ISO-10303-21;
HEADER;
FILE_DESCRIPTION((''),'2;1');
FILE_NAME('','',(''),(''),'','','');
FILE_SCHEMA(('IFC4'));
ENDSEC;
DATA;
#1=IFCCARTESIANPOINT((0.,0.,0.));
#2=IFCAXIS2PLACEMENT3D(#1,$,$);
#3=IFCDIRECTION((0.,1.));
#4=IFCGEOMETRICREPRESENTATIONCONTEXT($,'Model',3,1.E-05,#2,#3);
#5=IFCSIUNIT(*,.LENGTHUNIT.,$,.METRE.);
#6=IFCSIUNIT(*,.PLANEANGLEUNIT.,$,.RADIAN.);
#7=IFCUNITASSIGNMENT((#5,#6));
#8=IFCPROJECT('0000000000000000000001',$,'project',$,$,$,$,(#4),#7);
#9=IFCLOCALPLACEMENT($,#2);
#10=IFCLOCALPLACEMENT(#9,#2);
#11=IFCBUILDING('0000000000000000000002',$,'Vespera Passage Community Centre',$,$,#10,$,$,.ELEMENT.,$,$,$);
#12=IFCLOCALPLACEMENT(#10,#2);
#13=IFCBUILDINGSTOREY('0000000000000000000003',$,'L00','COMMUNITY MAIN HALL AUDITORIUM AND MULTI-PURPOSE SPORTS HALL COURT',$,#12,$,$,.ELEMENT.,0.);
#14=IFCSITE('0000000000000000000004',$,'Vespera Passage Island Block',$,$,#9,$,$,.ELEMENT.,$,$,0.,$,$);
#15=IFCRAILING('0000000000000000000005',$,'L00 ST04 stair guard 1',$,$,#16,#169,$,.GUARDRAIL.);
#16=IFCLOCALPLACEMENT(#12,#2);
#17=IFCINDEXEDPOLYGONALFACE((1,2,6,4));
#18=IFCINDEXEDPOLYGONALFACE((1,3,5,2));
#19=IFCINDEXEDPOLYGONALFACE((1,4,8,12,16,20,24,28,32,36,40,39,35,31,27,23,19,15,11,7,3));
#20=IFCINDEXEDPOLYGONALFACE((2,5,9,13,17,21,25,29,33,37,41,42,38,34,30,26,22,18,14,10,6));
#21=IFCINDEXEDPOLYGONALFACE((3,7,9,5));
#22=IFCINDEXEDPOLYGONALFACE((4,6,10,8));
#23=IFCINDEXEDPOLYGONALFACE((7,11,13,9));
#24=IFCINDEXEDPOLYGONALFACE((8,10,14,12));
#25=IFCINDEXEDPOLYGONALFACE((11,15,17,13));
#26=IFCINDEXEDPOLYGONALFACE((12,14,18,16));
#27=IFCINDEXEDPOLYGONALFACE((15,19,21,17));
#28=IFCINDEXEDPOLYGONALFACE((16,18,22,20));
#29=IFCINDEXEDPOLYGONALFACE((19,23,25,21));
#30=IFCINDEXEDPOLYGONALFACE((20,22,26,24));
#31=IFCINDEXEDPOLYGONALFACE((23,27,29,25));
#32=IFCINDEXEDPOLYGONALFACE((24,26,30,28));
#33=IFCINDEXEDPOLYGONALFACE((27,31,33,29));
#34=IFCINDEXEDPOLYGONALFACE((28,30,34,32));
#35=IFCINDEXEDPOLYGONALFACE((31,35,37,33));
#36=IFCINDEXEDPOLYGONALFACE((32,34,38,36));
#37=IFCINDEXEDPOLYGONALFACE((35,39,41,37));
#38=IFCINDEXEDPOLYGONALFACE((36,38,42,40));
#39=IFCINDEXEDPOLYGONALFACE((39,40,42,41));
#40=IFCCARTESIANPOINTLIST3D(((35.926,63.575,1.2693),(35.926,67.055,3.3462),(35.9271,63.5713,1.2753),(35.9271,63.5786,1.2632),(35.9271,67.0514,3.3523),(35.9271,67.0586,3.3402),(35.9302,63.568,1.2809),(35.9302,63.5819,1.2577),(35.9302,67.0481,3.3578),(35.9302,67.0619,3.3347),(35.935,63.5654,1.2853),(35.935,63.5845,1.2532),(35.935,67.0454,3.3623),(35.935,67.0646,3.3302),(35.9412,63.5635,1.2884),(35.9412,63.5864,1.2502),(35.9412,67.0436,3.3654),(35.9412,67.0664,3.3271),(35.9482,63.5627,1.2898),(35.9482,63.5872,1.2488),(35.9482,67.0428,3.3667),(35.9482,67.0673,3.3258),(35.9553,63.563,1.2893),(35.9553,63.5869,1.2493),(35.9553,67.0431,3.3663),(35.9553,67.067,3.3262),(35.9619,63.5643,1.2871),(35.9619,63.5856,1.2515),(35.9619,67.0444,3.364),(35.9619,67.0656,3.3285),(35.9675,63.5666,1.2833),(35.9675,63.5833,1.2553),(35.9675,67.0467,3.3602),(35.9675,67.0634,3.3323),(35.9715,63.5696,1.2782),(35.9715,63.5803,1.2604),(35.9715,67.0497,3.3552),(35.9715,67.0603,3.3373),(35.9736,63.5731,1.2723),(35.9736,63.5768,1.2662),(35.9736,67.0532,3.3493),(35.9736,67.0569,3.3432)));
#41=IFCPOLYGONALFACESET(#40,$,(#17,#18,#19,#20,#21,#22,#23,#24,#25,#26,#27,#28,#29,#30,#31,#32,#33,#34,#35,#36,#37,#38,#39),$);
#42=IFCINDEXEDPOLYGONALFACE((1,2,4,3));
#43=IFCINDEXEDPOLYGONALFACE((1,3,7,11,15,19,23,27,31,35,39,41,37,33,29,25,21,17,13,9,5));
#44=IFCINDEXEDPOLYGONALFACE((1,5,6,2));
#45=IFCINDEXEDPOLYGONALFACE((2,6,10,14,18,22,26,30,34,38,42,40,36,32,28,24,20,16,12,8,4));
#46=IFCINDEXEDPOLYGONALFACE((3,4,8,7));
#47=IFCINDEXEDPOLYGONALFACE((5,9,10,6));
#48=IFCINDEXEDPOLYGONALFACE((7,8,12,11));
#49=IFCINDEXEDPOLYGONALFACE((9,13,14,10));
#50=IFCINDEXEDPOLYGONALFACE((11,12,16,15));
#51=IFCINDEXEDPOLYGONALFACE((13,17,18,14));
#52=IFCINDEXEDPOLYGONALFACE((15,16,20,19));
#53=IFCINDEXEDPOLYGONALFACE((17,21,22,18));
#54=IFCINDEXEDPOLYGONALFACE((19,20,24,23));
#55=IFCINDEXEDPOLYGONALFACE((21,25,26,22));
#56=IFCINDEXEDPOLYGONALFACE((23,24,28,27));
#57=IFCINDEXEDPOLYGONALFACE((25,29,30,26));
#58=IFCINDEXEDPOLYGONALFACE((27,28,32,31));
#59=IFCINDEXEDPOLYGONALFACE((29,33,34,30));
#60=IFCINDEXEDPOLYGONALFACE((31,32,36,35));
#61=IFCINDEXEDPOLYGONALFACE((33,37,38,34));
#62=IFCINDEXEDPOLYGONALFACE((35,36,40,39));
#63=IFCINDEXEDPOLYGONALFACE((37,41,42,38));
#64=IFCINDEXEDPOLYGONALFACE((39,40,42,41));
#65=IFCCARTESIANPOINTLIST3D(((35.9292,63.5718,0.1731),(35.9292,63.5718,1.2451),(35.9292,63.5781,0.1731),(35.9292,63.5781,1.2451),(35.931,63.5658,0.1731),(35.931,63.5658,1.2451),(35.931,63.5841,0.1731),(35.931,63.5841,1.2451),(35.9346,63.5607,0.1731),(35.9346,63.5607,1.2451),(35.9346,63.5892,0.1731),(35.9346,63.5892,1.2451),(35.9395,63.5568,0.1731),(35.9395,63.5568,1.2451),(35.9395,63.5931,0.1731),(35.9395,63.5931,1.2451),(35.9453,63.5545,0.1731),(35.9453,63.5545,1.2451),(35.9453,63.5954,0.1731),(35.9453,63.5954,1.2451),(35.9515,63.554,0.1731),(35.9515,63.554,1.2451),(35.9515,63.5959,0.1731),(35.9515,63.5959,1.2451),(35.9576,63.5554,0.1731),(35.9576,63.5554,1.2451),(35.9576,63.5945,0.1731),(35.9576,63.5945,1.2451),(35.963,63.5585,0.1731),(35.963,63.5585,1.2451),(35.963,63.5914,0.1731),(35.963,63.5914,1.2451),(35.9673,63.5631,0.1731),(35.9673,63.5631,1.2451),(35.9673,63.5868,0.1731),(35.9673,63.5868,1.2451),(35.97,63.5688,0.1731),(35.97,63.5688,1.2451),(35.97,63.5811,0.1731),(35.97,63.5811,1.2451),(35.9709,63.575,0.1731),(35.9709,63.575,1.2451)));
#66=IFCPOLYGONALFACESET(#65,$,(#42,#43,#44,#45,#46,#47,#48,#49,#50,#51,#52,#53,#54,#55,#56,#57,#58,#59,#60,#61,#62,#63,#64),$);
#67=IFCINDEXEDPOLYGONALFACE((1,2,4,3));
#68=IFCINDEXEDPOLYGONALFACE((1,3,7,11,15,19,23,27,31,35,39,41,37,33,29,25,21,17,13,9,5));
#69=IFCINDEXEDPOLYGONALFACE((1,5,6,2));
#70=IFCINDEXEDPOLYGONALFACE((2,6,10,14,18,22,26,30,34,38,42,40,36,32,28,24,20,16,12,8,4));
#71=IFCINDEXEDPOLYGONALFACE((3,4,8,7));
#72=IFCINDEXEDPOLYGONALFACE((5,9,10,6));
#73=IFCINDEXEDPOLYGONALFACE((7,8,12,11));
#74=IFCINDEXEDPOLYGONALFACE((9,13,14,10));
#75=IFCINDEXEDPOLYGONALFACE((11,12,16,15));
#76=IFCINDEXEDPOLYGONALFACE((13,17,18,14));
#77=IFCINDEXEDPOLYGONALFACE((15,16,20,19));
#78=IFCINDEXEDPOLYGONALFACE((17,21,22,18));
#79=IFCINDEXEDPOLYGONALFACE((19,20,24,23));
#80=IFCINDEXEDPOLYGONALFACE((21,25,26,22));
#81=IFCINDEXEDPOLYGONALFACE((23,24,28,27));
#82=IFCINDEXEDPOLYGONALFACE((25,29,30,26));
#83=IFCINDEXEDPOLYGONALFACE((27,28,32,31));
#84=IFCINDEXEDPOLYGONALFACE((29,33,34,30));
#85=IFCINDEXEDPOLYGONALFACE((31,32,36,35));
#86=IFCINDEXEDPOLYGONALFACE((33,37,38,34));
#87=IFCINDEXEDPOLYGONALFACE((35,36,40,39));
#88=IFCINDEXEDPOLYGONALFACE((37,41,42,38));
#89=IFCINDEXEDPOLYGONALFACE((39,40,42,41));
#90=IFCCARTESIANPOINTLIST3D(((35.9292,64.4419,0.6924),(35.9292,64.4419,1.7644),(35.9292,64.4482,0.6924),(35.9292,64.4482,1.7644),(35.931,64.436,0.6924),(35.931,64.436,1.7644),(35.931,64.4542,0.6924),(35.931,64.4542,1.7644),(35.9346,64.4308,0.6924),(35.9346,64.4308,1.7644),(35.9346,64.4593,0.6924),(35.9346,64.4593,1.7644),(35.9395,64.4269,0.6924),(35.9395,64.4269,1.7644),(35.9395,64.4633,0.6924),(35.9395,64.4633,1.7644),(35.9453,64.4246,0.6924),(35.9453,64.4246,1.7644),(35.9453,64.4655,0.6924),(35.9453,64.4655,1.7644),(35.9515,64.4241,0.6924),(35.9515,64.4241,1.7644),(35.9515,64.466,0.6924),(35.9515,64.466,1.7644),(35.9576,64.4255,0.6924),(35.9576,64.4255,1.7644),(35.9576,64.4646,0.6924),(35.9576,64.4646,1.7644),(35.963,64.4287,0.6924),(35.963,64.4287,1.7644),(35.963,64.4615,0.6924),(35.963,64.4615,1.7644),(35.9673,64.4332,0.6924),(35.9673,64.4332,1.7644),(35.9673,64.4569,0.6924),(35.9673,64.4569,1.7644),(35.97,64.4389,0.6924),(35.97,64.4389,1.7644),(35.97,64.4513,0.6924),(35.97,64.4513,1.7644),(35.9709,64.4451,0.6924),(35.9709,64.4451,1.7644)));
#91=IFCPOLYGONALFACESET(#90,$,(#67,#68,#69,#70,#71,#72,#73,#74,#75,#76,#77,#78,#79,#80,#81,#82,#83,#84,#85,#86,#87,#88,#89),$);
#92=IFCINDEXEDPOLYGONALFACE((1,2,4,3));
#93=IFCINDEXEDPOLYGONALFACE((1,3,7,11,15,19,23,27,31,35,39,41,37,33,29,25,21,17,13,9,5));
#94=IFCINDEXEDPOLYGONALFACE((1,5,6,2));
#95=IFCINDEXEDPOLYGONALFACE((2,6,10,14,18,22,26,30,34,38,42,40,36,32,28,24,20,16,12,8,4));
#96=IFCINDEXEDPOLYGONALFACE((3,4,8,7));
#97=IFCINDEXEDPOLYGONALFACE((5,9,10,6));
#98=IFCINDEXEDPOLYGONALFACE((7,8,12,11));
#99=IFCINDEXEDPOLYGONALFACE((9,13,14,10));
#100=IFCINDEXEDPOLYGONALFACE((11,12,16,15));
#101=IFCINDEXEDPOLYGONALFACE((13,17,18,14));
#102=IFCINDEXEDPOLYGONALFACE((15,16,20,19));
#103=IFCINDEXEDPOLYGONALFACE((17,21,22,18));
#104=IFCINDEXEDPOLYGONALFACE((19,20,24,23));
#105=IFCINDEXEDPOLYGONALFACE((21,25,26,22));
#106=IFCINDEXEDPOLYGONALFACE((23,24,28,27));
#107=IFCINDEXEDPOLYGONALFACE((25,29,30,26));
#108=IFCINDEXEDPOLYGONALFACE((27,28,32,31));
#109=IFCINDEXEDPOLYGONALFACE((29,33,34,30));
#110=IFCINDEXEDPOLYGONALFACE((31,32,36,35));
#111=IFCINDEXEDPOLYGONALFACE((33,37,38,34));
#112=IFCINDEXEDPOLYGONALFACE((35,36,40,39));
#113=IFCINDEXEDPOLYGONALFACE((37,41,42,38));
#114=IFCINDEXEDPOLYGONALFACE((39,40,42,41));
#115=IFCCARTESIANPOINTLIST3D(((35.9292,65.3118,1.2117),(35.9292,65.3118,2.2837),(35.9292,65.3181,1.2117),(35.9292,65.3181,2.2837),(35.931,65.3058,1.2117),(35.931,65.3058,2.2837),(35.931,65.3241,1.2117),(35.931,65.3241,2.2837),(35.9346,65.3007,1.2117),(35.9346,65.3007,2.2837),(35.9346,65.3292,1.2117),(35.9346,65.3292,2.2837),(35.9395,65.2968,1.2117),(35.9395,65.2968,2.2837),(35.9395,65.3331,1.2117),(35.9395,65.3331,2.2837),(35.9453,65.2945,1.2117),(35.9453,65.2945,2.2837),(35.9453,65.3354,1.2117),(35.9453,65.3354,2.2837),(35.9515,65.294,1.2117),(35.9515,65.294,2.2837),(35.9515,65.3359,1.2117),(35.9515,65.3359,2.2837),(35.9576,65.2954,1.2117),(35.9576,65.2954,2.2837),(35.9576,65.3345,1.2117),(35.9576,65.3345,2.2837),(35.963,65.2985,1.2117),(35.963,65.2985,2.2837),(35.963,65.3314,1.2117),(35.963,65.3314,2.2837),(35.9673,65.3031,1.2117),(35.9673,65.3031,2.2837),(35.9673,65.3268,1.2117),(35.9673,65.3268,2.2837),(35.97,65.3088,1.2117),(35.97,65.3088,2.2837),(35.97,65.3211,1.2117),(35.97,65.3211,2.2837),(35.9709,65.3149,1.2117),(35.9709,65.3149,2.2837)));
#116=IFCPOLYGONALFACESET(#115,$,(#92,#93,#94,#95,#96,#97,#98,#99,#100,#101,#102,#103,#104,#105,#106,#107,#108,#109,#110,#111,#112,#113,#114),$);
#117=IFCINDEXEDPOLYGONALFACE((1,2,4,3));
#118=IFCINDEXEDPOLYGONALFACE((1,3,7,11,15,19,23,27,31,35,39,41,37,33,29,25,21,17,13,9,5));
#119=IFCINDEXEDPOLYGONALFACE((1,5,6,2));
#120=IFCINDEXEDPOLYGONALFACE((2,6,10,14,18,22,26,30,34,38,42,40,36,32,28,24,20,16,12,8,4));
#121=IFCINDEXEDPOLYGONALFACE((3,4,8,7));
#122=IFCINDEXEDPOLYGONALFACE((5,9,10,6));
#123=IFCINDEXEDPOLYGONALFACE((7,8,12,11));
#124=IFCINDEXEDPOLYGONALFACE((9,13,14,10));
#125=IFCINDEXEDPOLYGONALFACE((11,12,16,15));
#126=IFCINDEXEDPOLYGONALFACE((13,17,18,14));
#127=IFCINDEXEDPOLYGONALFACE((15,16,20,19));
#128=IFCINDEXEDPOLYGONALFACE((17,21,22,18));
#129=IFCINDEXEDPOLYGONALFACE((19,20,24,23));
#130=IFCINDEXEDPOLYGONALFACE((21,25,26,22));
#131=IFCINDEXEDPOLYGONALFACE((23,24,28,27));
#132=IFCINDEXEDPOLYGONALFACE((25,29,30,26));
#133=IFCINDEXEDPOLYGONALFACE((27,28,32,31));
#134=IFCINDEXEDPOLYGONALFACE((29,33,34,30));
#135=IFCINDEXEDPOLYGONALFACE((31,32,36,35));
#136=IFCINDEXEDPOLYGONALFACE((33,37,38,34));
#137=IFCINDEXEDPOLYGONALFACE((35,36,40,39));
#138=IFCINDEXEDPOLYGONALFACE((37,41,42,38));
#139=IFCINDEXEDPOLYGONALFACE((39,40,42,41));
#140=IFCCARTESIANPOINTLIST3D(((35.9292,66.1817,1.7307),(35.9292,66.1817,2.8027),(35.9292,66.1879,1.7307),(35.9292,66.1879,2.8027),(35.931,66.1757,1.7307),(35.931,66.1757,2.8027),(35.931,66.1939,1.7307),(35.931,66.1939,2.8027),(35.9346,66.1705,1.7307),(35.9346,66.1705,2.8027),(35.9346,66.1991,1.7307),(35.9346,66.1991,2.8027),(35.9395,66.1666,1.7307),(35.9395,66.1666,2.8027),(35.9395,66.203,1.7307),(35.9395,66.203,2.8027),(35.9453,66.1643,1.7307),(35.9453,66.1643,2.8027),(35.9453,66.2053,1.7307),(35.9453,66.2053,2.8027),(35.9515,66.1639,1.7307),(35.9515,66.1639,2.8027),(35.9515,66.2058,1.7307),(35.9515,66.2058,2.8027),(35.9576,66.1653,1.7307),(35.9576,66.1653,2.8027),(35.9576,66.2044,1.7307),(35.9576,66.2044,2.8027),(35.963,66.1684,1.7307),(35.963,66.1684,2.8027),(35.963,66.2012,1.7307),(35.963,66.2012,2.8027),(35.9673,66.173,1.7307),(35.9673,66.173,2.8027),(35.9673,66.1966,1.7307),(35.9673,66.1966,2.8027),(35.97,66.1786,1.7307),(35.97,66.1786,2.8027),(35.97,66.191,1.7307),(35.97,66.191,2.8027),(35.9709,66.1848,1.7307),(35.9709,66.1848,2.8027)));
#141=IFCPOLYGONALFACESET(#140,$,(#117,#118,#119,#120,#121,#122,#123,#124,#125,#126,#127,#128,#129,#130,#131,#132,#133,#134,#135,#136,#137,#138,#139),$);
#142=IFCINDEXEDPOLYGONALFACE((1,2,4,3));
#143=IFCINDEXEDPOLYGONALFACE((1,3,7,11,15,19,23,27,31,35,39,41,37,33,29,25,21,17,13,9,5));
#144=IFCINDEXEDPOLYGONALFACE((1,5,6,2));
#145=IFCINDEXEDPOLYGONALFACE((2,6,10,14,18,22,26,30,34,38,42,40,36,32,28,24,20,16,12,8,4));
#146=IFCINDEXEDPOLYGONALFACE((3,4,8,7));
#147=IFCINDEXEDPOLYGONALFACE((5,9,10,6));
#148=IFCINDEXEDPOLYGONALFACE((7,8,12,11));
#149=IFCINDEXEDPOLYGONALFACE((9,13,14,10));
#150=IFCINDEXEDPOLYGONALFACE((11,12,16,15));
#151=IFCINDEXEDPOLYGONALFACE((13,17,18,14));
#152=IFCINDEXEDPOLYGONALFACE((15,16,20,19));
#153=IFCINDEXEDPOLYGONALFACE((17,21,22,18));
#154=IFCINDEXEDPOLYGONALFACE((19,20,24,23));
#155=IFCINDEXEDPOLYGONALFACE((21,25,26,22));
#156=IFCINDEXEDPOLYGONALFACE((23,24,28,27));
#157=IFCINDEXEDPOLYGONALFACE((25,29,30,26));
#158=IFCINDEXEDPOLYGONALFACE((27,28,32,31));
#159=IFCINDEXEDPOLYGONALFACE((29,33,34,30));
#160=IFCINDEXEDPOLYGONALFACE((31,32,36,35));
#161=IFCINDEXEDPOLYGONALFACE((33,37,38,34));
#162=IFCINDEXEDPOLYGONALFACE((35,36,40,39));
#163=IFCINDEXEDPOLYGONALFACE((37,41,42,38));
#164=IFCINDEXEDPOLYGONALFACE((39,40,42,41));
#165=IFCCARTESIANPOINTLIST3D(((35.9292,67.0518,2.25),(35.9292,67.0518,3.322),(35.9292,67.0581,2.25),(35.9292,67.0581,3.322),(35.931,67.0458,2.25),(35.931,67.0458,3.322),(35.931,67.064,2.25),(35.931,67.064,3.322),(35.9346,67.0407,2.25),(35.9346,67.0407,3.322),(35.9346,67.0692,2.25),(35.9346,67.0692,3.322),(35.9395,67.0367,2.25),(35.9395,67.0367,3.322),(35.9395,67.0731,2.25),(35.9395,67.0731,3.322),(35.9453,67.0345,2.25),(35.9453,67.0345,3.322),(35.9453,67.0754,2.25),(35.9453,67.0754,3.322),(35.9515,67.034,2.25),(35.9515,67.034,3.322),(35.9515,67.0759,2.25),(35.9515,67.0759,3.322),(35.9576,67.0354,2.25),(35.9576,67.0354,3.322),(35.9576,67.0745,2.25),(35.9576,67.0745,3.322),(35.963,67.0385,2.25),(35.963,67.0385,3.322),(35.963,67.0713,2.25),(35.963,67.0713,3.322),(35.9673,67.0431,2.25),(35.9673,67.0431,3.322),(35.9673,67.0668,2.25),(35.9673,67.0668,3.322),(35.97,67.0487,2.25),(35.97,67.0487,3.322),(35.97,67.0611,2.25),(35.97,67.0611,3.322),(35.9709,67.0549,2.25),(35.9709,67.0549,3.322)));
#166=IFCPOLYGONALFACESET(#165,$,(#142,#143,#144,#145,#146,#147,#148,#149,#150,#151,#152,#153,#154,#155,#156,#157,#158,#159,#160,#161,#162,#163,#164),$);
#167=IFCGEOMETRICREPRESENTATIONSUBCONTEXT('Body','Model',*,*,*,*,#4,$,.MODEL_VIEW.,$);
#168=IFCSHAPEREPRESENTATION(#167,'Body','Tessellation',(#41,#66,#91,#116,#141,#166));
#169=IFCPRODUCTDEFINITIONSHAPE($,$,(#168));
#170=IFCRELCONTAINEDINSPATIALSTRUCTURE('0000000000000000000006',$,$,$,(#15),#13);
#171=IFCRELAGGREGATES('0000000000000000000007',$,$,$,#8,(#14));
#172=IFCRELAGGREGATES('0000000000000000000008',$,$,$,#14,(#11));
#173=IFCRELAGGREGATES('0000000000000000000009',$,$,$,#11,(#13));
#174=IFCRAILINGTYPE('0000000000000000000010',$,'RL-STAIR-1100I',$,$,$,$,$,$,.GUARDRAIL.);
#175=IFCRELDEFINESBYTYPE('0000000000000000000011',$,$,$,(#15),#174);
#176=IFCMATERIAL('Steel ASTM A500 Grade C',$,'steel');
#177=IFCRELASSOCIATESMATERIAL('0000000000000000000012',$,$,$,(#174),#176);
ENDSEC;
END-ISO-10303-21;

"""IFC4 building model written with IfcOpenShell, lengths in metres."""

from ifc_helpers import new_model, si_unit, direction, frame, origin, origin_2d, place, context, subcontext, project, spatial, circle, extrude, material, type_object, element, save


model = new_model("IFC4")

# Units and contexts
model_context = context("Model", 3, precision=1e-05, world=origin(), true_north=direction((0.0, 1.0)))
body_context = subcontext(model_context, "Body", "Model", "MODEL_VIEW")
ifc_project = project(units=[si_unit("LENGTHUNIT", "METRE"), si_unit("PLANEANGLEUNIT", "RADIAN")], contexts=[model_context])

# Site, building, storey
site_placement = place(None, origin())
site = spatial("IfcSite", under=ifc_project, at=site_placement, Name="Vespera Passage Island Block", CompositionType="ELEMENT", RefElevation=0.0)
building_placement = place(site_placement, origin())
building = spatial("IfcBuilding", under=site, at=building_placement, Name="Vespera Passage Community Centre", CompositionType="ELEMENT")
storey_placement = place(building_placement, origin())
storey = spatial("IfcBuildingStorey", under=building, at=storey_placement, Name="L00", Description="COMMUNITY MAIN HALL AUDITORIUM AND MULTI-PURPOSE SPORTS HALL COURT", CompositionType="ELEMENT", Elevation=0.0)

# Railing
ifc_material_1 = material(Name="Steel ASTM A500 Grade C", Category="steel")
railing_type_1 = type_object("IfcRailingType", Name="RL-STAIR-1100I", PredefinedType="GUARDRAIL", material=ifc_material_1)
railing_1_placement = place(storey_placement, frame((35.95, 63.575, 0.1731)))
element("IfcRailing", 1, at=railing_1_placement, inside=storey, type_object=railing_type_1, Name="L00 ST04 stair guard 1", PredefinedType="GUARDRAIL", context=body_context, shape_type="SweptSolid", body=[
    extrude(circle(Radius=0.0239, at=origin_2d()), frame((0.0, 0.0, 1.0962), z_axis=(0.0, 0.858697, 0.512483), x_axis=(-1.0, 0.0, 0.0)), (0.0, 0.0, 1.0), 4.0527),
    extrude(circle(Radius=0.021, at=origin_2d()), origin(), (0.0, 0.0, 1.0), 1.072),
    extrude(circle(Radius=0.021, at=origin_2d()), frame((0.0, 0.8701, 0.5193)), (0.0, 0.0, 1.0), 1.072),
    extrude(circle(Radius=0.021, at=origin_2d()), frame((0.0, 1.74, 1.0386)), (0.0, 0.0, 1.0), 1.072),
    extrude(circle(Radius=0.021, at=origin_2d()), frame((0.0, 2.6099, 1.5576)), (0.0, 0.0, 1.0), 1.072),
    extrude(circle(Radius=0.021, at=origin_2d()), frame((0.0, 3.48, 2.0769)), (0.0, 0.0, 1.0), 1.072),
])

save(model, "model.ifc")
